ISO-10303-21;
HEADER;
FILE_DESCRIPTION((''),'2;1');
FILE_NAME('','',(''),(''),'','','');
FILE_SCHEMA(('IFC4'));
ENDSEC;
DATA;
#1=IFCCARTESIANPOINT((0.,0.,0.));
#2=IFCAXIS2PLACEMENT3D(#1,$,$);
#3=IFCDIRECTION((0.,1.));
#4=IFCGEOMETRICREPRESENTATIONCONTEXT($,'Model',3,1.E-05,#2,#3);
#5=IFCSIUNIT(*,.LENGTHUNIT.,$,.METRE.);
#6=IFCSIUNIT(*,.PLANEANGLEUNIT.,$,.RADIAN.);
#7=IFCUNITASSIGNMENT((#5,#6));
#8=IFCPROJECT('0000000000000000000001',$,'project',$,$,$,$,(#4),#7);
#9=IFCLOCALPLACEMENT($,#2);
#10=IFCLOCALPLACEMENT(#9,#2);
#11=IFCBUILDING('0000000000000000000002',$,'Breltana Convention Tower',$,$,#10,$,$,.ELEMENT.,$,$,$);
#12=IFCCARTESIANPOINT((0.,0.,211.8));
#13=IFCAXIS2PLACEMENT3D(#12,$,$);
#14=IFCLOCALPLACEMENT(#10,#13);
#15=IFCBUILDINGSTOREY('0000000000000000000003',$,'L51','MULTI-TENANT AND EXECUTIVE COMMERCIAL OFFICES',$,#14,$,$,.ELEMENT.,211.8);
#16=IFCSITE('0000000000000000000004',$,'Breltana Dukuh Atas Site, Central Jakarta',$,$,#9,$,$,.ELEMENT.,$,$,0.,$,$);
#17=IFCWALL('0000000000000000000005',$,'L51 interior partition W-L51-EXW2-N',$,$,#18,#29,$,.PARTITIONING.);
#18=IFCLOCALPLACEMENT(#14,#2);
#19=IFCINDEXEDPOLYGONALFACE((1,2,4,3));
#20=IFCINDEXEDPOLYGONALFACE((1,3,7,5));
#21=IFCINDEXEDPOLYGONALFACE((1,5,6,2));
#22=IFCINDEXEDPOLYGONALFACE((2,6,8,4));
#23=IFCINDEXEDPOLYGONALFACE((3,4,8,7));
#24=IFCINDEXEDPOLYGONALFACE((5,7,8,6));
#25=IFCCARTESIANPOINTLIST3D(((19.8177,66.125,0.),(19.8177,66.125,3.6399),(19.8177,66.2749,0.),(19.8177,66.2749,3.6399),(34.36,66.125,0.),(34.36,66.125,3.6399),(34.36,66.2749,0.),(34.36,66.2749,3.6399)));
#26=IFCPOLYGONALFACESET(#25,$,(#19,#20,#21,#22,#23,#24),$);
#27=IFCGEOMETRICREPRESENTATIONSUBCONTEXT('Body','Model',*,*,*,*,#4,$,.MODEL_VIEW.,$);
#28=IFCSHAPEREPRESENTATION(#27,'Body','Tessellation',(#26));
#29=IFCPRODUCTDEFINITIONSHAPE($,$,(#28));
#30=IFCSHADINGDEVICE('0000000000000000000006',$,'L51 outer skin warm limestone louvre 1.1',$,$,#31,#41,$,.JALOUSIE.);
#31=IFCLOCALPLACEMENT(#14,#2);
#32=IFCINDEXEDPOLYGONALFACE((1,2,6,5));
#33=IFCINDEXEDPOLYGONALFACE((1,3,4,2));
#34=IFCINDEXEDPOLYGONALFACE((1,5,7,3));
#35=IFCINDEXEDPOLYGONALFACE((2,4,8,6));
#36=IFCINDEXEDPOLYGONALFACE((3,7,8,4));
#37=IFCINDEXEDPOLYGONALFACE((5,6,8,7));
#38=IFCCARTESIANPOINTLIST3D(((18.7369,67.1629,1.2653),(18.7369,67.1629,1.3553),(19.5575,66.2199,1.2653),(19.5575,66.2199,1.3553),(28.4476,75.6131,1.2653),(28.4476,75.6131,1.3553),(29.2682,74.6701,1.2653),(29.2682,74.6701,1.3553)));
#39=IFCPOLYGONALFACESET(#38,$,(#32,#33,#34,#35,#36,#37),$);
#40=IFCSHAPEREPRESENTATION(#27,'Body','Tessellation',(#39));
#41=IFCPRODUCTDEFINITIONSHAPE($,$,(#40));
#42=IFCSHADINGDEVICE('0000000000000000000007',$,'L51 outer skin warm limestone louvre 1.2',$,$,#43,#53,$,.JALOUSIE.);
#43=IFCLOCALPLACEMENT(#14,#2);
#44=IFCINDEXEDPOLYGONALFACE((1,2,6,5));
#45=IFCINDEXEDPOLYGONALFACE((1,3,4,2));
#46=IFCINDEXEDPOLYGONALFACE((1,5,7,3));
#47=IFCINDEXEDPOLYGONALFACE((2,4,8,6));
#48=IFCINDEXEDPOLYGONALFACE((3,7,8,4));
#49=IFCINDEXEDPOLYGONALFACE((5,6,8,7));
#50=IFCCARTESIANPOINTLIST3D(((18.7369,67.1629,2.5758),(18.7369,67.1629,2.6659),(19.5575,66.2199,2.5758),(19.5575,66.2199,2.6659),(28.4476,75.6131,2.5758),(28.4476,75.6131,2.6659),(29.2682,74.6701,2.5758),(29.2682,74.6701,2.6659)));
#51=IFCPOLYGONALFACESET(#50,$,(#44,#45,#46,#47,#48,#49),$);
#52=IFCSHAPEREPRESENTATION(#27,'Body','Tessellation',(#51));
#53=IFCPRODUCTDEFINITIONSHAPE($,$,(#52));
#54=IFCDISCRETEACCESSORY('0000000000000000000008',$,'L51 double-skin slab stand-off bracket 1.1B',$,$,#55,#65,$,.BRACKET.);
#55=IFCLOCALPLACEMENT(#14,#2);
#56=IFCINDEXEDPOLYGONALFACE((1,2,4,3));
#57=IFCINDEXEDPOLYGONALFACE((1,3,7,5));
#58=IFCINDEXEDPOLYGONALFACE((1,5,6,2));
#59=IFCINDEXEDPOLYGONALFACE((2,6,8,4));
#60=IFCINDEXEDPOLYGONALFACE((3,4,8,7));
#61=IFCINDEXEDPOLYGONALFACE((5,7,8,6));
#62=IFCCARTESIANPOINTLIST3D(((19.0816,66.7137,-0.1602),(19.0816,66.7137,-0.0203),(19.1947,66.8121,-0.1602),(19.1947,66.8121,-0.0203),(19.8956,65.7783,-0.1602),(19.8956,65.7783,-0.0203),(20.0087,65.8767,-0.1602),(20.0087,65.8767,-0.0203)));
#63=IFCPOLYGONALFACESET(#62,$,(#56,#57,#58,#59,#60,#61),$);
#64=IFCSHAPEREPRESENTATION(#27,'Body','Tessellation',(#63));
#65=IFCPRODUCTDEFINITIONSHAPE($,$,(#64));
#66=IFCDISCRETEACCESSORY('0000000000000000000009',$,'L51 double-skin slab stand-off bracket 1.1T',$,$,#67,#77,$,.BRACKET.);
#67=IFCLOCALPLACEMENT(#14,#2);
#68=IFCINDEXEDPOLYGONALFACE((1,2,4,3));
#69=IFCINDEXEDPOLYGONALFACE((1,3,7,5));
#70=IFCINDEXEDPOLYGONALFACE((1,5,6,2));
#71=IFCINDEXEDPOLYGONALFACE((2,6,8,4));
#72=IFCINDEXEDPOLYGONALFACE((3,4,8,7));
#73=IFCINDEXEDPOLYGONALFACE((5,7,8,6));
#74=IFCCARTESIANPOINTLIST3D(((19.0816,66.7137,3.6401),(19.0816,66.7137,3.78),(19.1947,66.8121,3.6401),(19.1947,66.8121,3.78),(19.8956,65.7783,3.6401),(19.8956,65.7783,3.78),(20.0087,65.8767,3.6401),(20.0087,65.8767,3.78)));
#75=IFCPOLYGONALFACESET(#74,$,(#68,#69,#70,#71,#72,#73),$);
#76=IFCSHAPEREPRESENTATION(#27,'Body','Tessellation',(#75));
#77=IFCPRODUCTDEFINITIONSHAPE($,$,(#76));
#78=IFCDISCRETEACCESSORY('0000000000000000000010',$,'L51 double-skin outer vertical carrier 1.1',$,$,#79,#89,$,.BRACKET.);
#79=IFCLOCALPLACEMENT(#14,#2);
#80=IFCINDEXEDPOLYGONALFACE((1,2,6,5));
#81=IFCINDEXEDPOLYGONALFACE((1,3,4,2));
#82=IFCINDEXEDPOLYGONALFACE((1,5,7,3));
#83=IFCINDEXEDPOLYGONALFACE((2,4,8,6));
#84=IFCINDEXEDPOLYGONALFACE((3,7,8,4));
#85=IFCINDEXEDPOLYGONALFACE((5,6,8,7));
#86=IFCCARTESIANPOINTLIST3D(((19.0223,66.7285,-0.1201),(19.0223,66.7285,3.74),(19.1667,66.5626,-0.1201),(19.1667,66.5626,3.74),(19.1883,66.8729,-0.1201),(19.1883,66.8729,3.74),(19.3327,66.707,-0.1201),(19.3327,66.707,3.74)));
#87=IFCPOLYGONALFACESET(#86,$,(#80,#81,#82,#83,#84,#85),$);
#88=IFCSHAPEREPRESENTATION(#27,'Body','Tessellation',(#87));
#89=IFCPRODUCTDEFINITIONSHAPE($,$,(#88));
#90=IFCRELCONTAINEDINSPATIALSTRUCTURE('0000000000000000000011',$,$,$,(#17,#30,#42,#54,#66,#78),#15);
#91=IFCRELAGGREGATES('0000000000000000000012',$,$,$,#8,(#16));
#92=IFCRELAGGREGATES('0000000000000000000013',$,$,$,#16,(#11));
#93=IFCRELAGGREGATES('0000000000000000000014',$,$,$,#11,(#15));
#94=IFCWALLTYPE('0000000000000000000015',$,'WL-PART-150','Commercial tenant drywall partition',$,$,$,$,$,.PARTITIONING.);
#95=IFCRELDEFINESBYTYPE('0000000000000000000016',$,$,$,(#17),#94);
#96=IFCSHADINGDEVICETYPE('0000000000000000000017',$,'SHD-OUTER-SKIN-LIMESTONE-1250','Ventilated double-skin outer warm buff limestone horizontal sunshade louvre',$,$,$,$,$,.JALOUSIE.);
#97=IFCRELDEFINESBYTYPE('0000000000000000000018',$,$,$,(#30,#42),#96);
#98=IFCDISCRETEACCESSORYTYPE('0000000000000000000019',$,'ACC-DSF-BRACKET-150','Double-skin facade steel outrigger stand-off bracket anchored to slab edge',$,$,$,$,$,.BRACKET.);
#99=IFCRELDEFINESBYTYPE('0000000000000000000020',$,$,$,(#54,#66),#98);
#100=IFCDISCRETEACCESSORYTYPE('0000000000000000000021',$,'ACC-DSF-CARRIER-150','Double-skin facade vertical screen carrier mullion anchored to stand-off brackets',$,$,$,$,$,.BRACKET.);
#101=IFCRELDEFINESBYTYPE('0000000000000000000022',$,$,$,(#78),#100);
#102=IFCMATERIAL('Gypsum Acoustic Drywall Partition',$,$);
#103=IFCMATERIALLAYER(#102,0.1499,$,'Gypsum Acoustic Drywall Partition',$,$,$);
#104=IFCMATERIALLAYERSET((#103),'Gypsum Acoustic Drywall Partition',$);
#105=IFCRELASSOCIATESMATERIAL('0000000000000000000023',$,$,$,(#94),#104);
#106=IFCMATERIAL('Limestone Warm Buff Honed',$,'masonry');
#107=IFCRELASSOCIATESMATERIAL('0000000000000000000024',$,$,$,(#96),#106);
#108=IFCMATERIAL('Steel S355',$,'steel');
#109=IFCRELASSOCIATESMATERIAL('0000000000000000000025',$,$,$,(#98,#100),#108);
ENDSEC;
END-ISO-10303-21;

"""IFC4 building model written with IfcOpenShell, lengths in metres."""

from ifc_helpers import new_model, si_unit, direction, frame, frame_2d, origin, origin_2d, place, context, subcontext, project, spatial, rectangle, extrude, source, transform, mapped, material, layer, layer_set, material_profile, profile_set, type_object, type_shapes, element, save


model = new_model("IFC4")

# Units and contexts
model_context = context("Model", 3, precision=1e-05, world=origin(), true_north=direction((0.0, 1.0)))
body_context = subcontext(model_context, "Body", "Model", "MODEL_VIEW")
ifc_project = project(units=[si_unit("LENGTHUNIT", "METRE"), si_unit("PLANEANGLEUNIT", "RADIAN")], contexts=[model_context])

# Site, building, storey
site_placement = place(None, origin())
site = spatial("IfcSite", under=ifc_project, at=site_placement, Name="Breltana Dukuh Atas Site, Central Jakarta", CompositionType="ELEMENT", RefElevation=0.0)
building_placement = place(site_placement, origin())
building = spatial("IfcBuilding", under=site, at=building_placement, Name="Breltana Convention Tower", CompositionType="ELEMENT")
storey_placement = place(building_placement, frame((0.0, 0.0, 211.8)))
storey = spatial("IfcBuildingStorey", under=building, at=storey_placement, Name="L51", Description="MULTI-TENANT AND EXECUTIVE COMMERCIAL OFFICES", CompositionType="ELEMENT", Elevation=211.8)

# Wall
ifc_material_1 = material(Name="Gypsum Acoustic Drywall Partition")
ifc_layer_1 = layer(ifc_material_1, 0.1499, Name="Gypsum Acoustic Drywall Partition")
ifc_layer_set_1 = layer_set([ifc_layer_1], Name="Gypsum Acoustic Drywall Partition")
wall_type_1 = type_object("IfcWallType", Name="WL-PART-150", Description="Commercial tenant drywall partition", PredefinedType="PARTITIONING", material=ifc_layer_set_1)
shared_shape_1 = source(origin(), body_context, "Body", "SweptSolid", [
    extrude(rectangle(XDim=14.5422, YDim=0.1499, at=frame_2d((7.271, 0.0))), origin(), (0.0, 0.0, 1.0), 3.6399),
])
wall_1_placement = place(storey_placement, frame((19.8179, 66.2, 0.0), z_axis=(0.0, 0.0, 1.0), x_axis=(1.0, 0.0, 0.0)))
element("IfcWall", 1, at=wall_1_placement, inside=storey, type_object=wall_type_1, Name="L51 interior partition W-L51-EXW2-N", PredefinedType="PARTITIONING", context=body_context, shape_type="MappedRepresentation", body=[
    mapped(shared_shape_1, transform((0.0, 0.0, 0.0), scale=1.0)),
])

# Shading devices
ifc_material_2 = material(Name="Limestone Warm Buff Honed", Category="masonry")
ifc_material_profile_1 = material_profile(ifc_material_2, rectangle(XDim=1.25, YDim=0.0901, at=origin_2d()), Name="STN-LVR-1250X90")
ifc_profile_set_1 = profile_set([ifc_material_profile_1], Name="Limestone Warm Buff Honed")
shading_device_type = type_object("IfcShadingDeviceType", Name="SHD-OUTER-SKIN-LIMESTONE-1250", Description="Ventilated double-skin outer warm buff limestone horizontal sunshade louvre", PredefinedType="JALOUSIE", material=ifc_profile_set_1)
shared_shape_2 = source(origin(), body_context, "Body", "SweptSolid", [
    extrude(rectangle(XDim=1.25, YDim=0.0901, at=origin_2d()), origin(), (0.0, 0.0, 1.0), 12.8726),
])
for number, where, z_axis, x_axis, name in (
    (2, (19.1472, 66.6914, 1.3103), (0.75437, 0.656449, 0.0), (-0.656449, 0.75437, 0.0), "L51 outer skin warm limestone louvre 1.1"),
    (3, (19.1472, 66.6914, 2.6208), (0.75437, 0.656449, 0.0), (-0.656449, 0.75437, 0.0), "L51 outer skin warm limestone louvre 1.2"),
):
    element("IfcShadingDevice", number, at=place(storey_placement, frame(where, z_axis=z_axis, x_axis=x_axis)), inside=storey, type_object=shading_device_type, Name=name, PredefinedType="JALOUSIE", context=body_context, shape_type="MappedRepresentation", body=[
        mapped(shared_shape_2, transform((0.0, 0.0, 0.0), scale=1.0)),
    ])

# Discrete accessories
ifc_material_3 = material(Name="Steel S355", Category="steel")
discrete_accessory_type_1 = type_object("IfcDiscreteAccessoryType", Name="ACC-DSF-BRACKET-150", Description="Double-skin facade steel outrigger stand-off bracket anchored to slab edge", PredefinedType="BRACKET", material=ifc_material_3)
shared_shape_3 = source(origin(), body_context, "Body", "SweptSolid", [
    extrude(rectangle(XDim=1.24, YDim=0.1499, at=origin_2d()), origin(), (0.0, 0.0, 1.0), 0.1399),
])
type_shapes(discrete_accessory_type_1, [shared_shape_3])
for number, where, z_axis, x_axis, name in (
    (4, (19.5452, 66.2952, -0.1602), (0.0, 0.0, 1.0), (-0.656452, 0.754368, 0.0), "L51 double-skin slab stand-off bracket 1.1B"),
    (5, (19.5452, 66.2952, 3.6401), (0.0, 0.0, 1.0), (-0.656452, 0.754368, 0.0), "L51 double-skin slab stand-off bracket 1.1T"),
):
    element("IfcDiscreteAccessory", number, at=place(storey_placement, frame(where, z_axis=z_axis, x_axis=x_axis)), inside=storey, type_object=discrete_accessory_type_1, Name=name, PredefinedType="BRACKET", context=body_context, shape_type="MappedRepresentation", body=[
        mapped(shared_shape_3, transform((0.0, 0.0, 0.0), scale=1.0)),
    ])
discrete_accessory_type_2 = type_object("IfcDiscreteAccessoryType", Name="ACC-DSF-CARRIER-150", Description="Double-skin facade vertical screen carrier mullion anchored to stand-off brackets", PredefinedType="BRACKET", material=ifc_material_3)
shared_shape_4 = source(origin(), body_context, "Body", "SweptSolid", [
    extrude(rectangle(XDim=0.22, YDim=0.22, at=origin_2d()), origin(), (0.0, 0.0, 1.0), 3.8601),
])
discrete_accessory_placement = place(storey_placement, frame((19.1775, 66.7178, -0.1201), z_axis=(0.0, 0.0, 1.0), x_axis=(-0.656452, 0.754368, 0.0)))
element("IfcDiscreteAccessory", 6, at=discrete_accessory_placement, inside=storey, type_object=discrete_accessory_type_2, Name="L51 double-skin outer vertical carrier 1.1", PredefinedType="BRACKET", context=body_context, shape_type="MappedRepresentation", body=[
    mapped(shared_shape_4, transform((0.0, 0.0, 0.0), scale=1.0)),
])

save(model, "model.ifc")
